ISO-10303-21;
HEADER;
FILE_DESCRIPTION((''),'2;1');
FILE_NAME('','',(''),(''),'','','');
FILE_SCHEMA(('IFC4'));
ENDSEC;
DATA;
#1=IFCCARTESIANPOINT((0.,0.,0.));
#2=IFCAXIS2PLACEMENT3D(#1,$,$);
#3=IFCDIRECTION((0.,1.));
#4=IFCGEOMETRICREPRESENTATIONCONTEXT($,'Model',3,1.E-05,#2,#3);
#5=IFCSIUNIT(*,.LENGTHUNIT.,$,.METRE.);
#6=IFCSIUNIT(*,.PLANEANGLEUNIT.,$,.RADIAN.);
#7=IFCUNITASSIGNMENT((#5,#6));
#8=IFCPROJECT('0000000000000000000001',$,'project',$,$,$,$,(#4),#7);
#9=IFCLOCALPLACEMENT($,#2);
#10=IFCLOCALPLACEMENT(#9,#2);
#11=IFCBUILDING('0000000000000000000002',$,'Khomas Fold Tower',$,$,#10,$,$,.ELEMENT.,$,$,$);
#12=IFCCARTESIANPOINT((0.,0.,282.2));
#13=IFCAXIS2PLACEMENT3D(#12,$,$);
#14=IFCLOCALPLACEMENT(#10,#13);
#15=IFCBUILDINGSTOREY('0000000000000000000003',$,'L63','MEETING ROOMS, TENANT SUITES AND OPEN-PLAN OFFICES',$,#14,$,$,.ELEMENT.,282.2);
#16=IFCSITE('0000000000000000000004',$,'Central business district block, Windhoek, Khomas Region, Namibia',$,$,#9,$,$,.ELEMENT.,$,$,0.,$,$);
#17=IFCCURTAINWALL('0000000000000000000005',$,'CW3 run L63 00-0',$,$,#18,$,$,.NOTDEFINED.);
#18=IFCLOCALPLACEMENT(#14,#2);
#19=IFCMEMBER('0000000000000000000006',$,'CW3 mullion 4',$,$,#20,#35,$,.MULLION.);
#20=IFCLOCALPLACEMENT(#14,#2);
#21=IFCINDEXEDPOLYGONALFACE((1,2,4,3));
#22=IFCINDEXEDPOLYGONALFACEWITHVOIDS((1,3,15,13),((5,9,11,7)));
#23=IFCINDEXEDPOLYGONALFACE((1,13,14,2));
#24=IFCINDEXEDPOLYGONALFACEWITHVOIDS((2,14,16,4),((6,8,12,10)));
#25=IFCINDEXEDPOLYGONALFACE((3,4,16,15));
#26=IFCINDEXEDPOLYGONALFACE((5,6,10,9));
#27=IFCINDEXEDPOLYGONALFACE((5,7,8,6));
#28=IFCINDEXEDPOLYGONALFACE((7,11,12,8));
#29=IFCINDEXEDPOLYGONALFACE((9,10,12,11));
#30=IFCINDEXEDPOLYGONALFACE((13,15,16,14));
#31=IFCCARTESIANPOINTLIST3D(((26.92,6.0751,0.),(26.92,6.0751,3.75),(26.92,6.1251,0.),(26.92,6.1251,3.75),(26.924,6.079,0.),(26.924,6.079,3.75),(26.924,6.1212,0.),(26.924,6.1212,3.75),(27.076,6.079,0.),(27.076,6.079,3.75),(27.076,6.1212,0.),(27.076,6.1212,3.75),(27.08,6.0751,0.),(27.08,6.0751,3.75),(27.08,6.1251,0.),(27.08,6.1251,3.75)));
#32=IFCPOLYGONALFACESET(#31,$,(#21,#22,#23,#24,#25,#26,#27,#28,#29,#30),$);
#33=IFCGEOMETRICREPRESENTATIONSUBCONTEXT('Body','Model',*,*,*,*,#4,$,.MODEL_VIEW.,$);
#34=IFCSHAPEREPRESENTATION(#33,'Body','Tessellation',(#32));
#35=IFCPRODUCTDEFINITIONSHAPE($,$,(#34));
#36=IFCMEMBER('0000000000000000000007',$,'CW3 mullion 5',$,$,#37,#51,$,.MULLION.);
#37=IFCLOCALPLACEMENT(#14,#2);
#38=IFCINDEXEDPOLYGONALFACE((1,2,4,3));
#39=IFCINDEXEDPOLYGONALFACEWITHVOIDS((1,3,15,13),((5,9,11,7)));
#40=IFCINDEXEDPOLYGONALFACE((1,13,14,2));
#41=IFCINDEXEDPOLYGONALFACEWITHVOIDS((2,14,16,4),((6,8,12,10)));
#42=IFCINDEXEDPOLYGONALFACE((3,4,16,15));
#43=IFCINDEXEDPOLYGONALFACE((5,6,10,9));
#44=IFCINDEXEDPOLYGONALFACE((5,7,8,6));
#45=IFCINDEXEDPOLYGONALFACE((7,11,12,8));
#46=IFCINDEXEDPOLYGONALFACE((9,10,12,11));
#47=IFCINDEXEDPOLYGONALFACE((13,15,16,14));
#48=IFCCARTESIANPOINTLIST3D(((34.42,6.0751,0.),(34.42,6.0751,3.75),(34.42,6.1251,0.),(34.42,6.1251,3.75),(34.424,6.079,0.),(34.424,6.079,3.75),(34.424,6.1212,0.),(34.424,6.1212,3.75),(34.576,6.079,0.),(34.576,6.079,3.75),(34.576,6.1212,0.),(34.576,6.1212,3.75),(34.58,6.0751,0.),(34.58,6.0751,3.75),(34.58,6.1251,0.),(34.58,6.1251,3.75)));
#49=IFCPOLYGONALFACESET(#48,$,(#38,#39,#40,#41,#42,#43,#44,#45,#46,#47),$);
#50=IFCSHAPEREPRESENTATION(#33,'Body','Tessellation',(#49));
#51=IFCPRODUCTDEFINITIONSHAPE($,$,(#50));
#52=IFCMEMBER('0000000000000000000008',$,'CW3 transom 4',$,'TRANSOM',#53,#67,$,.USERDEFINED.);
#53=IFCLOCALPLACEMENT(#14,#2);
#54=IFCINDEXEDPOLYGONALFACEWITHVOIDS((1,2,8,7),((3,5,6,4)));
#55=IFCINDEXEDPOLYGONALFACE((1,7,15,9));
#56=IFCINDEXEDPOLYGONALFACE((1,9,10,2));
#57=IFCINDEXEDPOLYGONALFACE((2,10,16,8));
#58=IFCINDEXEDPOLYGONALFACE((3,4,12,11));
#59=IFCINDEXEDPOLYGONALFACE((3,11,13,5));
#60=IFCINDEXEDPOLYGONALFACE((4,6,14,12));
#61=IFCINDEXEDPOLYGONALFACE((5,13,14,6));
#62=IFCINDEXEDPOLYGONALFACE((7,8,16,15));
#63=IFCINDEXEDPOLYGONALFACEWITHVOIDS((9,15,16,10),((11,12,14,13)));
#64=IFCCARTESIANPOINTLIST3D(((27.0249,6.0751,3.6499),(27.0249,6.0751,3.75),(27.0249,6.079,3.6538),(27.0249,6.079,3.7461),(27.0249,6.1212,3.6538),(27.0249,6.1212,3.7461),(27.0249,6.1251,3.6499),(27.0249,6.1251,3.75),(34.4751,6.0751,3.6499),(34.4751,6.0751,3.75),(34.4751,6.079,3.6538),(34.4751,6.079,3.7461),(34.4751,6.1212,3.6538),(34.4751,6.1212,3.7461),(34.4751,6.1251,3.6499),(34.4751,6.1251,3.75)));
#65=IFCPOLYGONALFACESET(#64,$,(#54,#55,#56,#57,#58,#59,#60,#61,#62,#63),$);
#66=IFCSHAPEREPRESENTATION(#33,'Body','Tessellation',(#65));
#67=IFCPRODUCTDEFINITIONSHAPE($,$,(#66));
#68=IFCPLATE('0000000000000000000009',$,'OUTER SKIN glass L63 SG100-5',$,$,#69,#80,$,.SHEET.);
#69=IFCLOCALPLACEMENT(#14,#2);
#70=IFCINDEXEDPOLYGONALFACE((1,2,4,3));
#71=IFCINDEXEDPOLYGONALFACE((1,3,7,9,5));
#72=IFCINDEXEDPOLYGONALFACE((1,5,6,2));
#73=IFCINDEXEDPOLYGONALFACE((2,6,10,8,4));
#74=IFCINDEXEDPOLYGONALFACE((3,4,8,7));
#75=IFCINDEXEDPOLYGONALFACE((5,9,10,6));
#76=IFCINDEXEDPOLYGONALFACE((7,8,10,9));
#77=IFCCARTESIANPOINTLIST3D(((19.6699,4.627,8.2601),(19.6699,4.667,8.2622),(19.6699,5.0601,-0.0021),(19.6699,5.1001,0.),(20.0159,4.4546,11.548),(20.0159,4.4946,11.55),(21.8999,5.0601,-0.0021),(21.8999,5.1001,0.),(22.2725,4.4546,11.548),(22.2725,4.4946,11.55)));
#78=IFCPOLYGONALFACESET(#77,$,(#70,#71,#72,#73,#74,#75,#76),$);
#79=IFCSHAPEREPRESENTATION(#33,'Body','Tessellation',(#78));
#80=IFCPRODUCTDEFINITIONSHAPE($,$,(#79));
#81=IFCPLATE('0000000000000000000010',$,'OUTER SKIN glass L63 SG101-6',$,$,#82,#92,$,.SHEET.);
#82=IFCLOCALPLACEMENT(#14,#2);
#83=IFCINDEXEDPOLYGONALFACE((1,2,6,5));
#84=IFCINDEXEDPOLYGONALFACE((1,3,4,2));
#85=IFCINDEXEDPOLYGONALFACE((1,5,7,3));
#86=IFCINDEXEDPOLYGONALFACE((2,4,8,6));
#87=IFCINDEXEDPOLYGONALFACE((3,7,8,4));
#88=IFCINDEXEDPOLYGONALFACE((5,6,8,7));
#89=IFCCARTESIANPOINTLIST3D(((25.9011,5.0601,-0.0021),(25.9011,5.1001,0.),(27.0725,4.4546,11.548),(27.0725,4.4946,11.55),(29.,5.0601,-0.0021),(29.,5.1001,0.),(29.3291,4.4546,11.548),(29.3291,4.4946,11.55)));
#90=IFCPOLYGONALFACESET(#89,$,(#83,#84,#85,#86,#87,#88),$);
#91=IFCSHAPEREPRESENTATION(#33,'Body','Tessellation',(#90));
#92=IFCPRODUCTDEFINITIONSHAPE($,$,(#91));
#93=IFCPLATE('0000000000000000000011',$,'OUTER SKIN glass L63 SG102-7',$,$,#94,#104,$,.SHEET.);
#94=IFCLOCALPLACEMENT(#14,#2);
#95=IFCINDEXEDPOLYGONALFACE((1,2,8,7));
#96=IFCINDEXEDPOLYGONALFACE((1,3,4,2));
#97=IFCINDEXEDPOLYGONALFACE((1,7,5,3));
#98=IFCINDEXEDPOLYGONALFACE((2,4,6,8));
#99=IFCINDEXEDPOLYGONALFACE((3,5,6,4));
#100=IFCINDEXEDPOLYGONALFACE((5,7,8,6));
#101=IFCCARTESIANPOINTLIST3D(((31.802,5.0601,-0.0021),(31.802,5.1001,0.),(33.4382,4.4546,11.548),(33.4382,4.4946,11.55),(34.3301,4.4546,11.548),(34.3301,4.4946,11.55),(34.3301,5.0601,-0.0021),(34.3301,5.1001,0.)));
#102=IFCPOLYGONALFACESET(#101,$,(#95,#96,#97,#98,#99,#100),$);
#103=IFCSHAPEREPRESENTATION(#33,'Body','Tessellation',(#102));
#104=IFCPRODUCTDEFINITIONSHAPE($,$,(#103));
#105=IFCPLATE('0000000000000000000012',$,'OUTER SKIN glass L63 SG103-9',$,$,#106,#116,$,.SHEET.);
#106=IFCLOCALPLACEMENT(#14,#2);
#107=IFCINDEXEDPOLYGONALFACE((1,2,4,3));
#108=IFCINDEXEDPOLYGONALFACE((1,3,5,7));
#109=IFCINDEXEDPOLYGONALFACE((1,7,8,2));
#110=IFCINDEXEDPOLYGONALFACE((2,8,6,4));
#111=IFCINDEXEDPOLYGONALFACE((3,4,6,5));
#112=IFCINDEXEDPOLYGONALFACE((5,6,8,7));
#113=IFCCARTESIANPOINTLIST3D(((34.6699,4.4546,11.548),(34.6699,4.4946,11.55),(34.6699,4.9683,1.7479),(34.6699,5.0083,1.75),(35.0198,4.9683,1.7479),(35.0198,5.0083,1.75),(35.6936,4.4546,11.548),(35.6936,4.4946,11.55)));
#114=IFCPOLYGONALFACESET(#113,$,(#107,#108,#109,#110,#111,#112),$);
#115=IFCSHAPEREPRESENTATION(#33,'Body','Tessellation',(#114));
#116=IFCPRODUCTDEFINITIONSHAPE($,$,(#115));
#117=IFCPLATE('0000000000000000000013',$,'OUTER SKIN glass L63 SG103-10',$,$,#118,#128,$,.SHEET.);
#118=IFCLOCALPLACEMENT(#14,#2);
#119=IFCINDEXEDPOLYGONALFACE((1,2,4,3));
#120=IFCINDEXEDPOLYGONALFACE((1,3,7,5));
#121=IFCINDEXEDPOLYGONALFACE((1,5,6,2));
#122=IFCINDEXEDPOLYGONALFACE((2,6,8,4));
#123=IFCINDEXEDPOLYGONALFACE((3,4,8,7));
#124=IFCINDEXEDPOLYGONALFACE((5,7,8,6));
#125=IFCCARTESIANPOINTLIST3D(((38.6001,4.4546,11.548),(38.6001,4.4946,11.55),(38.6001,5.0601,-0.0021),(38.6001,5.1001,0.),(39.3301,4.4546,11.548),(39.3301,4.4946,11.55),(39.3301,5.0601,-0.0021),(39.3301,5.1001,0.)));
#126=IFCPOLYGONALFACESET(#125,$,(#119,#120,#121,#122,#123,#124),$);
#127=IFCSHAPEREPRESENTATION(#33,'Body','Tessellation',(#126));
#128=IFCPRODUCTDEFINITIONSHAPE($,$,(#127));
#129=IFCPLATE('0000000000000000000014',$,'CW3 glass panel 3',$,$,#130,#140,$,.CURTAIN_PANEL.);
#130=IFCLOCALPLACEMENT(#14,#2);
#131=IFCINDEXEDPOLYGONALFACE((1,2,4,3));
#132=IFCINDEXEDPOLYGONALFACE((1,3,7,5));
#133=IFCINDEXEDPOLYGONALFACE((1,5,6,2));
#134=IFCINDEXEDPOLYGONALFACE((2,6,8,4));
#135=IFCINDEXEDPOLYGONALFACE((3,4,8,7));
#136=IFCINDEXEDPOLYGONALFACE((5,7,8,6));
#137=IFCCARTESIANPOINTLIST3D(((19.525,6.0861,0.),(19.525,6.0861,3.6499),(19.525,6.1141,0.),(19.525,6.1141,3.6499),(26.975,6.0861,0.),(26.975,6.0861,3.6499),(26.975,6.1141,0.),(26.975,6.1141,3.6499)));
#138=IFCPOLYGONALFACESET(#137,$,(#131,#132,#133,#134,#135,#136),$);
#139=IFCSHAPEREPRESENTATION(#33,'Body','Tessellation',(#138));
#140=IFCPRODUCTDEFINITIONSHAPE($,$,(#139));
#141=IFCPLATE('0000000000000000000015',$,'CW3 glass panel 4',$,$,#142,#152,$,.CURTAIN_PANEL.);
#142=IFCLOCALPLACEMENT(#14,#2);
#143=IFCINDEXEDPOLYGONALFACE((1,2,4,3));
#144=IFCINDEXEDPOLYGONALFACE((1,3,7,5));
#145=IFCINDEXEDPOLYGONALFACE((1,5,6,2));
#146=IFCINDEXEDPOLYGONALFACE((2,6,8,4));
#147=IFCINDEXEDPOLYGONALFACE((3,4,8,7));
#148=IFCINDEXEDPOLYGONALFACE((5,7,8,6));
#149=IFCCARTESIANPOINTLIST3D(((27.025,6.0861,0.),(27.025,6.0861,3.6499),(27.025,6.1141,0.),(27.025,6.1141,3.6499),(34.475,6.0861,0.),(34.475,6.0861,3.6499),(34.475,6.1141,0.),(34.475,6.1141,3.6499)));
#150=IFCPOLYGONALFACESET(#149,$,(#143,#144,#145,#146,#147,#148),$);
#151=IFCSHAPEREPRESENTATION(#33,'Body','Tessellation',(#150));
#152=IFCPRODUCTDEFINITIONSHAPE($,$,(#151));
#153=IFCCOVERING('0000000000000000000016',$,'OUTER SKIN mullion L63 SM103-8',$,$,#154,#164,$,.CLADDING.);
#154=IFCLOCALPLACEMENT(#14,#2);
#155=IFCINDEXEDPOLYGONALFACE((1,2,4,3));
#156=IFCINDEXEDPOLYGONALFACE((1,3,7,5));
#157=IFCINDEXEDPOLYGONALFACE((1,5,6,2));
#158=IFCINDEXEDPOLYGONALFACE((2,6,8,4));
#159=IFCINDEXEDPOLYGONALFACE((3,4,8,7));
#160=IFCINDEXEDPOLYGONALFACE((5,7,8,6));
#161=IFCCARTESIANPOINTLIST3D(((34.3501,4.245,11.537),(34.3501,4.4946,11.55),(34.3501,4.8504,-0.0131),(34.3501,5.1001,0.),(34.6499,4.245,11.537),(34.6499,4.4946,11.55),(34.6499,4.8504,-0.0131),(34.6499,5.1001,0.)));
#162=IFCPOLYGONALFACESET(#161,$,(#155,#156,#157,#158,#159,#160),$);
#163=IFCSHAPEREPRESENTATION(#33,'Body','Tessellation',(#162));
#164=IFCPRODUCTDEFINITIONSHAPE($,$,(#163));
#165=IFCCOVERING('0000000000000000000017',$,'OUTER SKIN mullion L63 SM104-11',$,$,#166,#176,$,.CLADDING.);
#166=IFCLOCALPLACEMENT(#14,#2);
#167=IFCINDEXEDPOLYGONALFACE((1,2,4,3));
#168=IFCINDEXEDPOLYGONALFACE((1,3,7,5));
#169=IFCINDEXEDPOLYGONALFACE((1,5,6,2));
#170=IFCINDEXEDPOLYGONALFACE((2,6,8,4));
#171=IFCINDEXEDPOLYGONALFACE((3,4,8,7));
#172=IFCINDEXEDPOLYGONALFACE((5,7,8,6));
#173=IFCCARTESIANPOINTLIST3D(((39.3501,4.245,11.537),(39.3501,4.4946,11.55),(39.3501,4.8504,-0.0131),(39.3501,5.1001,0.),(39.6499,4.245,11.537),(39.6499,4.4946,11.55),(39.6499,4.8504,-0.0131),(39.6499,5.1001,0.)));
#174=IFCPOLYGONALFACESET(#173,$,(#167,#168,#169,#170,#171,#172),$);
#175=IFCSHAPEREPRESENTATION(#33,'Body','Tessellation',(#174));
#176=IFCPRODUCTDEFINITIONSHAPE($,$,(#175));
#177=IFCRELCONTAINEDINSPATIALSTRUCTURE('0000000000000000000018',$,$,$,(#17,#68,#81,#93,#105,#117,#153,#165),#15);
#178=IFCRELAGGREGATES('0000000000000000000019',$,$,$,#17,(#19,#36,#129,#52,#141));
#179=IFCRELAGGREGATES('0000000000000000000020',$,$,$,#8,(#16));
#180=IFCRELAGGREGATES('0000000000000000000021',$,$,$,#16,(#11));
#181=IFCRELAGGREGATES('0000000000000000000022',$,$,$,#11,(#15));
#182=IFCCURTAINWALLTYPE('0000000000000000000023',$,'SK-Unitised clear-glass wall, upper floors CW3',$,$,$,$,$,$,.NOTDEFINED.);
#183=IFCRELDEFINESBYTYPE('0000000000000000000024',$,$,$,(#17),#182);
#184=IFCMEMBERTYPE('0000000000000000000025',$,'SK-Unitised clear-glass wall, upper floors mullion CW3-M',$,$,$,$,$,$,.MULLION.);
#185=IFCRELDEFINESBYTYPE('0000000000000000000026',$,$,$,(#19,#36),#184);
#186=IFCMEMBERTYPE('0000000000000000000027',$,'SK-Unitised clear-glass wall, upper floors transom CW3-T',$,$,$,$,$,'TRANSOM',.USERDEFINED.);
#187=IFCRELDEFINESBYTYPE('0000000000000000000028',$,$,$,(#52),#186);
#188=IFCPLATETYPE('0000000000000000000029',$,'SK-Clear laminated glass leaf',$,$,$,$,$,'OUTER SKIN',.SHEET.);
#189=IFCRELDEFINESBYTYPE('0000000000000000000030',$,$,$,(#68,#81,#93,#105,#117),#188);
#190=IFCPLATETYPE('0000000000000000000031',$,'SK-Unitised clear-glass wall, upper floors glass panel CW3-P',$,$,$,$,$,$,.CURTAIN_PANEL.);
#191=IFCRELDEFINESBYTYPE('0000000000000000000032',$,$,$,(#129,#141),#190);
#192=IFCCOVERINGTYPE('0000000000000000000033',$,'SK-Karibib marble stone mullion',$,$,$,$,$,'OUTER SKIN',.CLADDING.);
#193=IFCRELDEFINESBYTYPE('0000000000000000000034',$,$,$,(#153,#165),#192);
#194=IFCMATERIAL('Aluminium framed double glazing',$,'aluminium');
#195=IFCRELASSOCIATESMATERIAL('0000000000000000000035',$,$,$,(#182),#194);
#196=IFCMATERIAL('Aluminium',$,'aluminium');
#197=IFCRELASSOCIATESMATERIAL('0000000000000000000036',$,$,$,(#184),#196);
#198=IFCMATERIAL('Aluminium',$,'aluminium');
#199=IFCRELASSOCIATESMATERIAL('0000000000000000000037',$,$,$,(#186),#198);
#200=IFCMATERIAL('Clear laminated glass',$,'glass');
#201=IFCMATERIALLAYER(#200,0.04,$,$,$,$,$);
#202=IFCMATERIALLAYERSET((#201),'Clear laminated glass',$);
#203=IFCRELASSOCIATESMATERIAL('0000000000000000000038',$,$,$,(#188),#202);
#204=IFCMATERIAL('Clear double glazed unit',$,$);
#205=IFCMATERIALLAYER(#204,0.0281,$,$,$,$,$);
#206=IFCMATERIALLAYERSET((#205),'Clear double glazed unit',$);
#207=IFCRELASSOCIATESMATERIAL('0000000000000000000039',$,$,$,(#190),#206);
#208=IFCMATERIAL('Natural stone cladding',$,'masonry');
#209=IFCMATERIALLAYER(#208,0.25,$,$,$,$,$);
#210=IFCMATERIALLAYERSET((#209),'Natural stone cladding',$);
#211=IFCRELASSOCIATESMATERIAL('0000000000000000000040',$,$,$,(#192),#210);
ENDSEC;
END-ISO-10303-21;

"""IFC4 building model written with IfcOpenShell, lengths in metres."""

from ifc_helpers import new_model, si_unit, direction, frame, origin, origin_2d, place, context, subcontext, project, spatial, polyline, rectangle, hollow_rectangle, outline, extrude, source, transform, mapped, material, layer, layer_set, material_profile, profile_set, type_object, element, aggregate, save


model = new_model("IFC4")

# Units and contexts
model_context = context("Model", 3, precision=1e-05, world=origin(), true_north=direction((0.0, 1.0)))
body_context = subcontext(model_context, "Body", "Model", "MODEL_VIEW")
ifc_project = project(units=[si_unit("LENGTHUNIT", "METRE"), si_unit("PLANEANGLEUNIT", "RADIAN")], contexts=[model_context])

# Site, building, storey
site_placement = place(None, origin())
site = spatial("IfcSite", under=ifc_project, at=site_placement, Name="Central business district block, Windhoek, Khomas Region, Namibia", CompositionType="ELEMENT", RefElevation=0.0)
building_placement = place(site_placement, origin())
building = spatial("IfcBuilding", under=site, at=building_placement, Name="Khomas Fold Tower", CompositionType="ELEMENT")
storey_placement = place(building_placement, frame((0.0, 0.0, 282.2)))
storey = spatial("IfcBuildingStorey", under=building, at=storey_placement, Name="L63", Description="MEETING ROOMS, TENANT SUITES AND OPEN-PLAN OFFICES", CompositionType="ELEMENT", Elevation=282.2)

# Curtain wall, members
ifc_material_1 = material(Name="Aluminium framed double glazing", Category="aluminium")
curtain_wall_type = type_object("IfcCurtainWallType", Name="SK-Unitised clear-glass wall, upper floors CW3", PredefinedType="NOTDEFINED", material=ifc_material_1)
curtain_wall_placement = place(storey_placement, origin())
curtain_wall = element("IfcCurtainWall", 1, at=curtain_wall_placement, inside=storey, type_object=curtain_wall_type, Name="CW3 run L63 00-0", PredefinedType="NOTDEFINED")
ifc_material_2 = material(Name="Aluminium", Category="aluminium")
ifc_material_profile_1 = material_profile(ifc_material_2, hollow_rectangle(XDim=0.05, YDim=0.1599, WallThickness=0.0039, at=origin_2d()), Name="SK-Unitised clear-glass wall, upper floors mullion CW3-M")
ifc_profile_set_1 = profile_set([ifc_material_profile_1], Name="Aluminium")
member_type_1 = type_object("IfcMemberType", Name="SK-Unitised clear-glass wall, upper floors mullion CW3-M", PredefinedType="MULLION", material=ifc_profile_set_1)
shared_shape_1 = source(origin(), body_context, "Body", "SweptSolid", [
    extrude(hollow_rectangle(XDim=0.05, YDim=0.1599, WallThickness=0.0039, at=origin_2d()), origin(), (0.0, 0.0, 1.0), 3.75),
])
member_1_placement = place(storey_placement, frame((27.0, 6.1001, 0.0), z_axis=(0.0, 0.0, 1.0), x_axis=(0.0, 1.0, 0.0)))
member_1 = element("IfcMember", 2, at=member_1_placement, type_object=member_type_1, Name="CW3 mullion 4", PredefinedType="MULLION", context=body_context, shape_type="MappedRepresentation", body=[
    mapped(shared_shape_1, transform((0.0, 0.0, 0.0))),
])
member_2_placement = place(storey_placement, frame((34.5, 6.1001, 0.0), z_axis=(0.0, 0.0, 1.0), x_axis=(0.0, 1.0, 0.0)))
member_2 = element("IfcMember", 3, at=member_2_placement, type_object=member_type_1, Name="CW3 mullion 5", PredefinedType="MULLION", context=body_context, shape_type="MappedRepresentation", body=[
    mapped(shared_shape_1, transform((0.0, 0.0, 0.0))),
])
ifc_material_3 = material(Name="Aluminium", Category="aluminium")
ifc_material_profile_2 = material_profile(ifc_material_3, hollow_rectangle(XDim=0.05, YDim=0.1001, WallThickness=0.0039, at=origin_2d()), Name="SK-Unitised clear-glass wall, upper floors transom CW3-T")
ifc_profile_set_2 = profile_set([ifc_material_profile_2], Name="Aluminium")
member_type_2 = type_object("IfcMemberType", Name="SK-Unitised clear-glass wall, upper floors transom CW3-T", ElementType="TRANSOM", PredefinedType="USERDEFINED", material=ifc_profile_set_2)
shared_shape_2 = source(origin(), body_context, "Body", "SweptSolid", [
    extrude(hollow_rectangle(XDim=0.05, YDim=0.1001, WallThickness=0.0039, at=origin_2d()), origin(), (0.0, 0.0, 1.0), 7.4502),
])
member_3_placement = place(storey_placement, frame((27.0249, 6.1001, 3.7), z_axis=(1.0, 0.0, 0.0), x_axis=(0.0, 1.0, 0.0)))
member_3 = element("IfcMember", 4, at=member_3_placement, type_object=member_type_2, Name="CW3 transom 4", ObjectType="TRANSOM", PredefinedType="USERDEFINED", context=body_context, shape_type="MappedRepresentation", body=[
    mapped(shared_shape_2, transform((0.0, 0.0, 0.0))),
])

# Plates
ifc_material_4 = material(Name="Clear laminated glass", Category="glass")
ifc_layer_1 = layer(ifc_material_4, 0.04)
ifc_layer_set_1 = layer_set([ifc_layer_1], Name="Clear laminated glass")
plate_type_1 = type_object("IfcPlateType", Name="SK-Clear laminated glass leaf", ElementType="OUTER SKIN", PredefinedType="SHEET", material=ifc_layer_set_1)
plate_1_placement = place(storey_placement, frame((21.8999, 5.1001, 0.0), z_axis=(0.000002, 0.998629, 0.052349), x_axis=(-1.0, 0.000002, 0.0)))
element("IfcPlate", 5, at=plate_1_placement, inside=storey, type_object=plate_type_1, Name="OUTER SKIN glass L63 SG100-5", PredefinedType="SHEET", context=body_context, shape_type="SweptSolid", body=[
    extrude(outline(polyline([(0.0, 0.0), (2.23, 0.0), (2.23, 8.2736), (1.884, 11.5659), (-0.3726, 11.5659), (0.0, 0.0)])), origin(), (0.0, 0.0, -1.0), 0.04),
])
plate_2_placement = place(storey_placement, frame((29.0, 5.1001, 0.0), z_axis=(0.0, 0.998629, 0.052349), x_axis=(-1.0, 0.0, 0.0)))
element("IfcPlate", 6, at=plate_2_placement, inside=storey, type_object=plate_type_1, Name="OUTER SKIN glass L63 SG101-6", PredefinedType="SHEET", context=body_context, shape_type="SweptSolid", body=[
    extrude(outline(polyline([(0.0, 0.0), (3.0989, 0.0), (1.9275, 11.5659), (-0.3291, 11.5659), (0.0, 0.0)])), origin(), (0.0, 0.0, -1.0), 0.04),
])
plate_3_placement = place(storey_placement, frame((31.802, 5.1001, 0.0), z_axis=(0.0, 0.998629, 0.052349), x_axis=(0.140075, -0.051833, 0.988783)))
element("IfcPlate", 7, at=plate_3_placement, inside=storey, type_object=plate_type_1, Name="OUTER SKIN glass L63 SG102-7", PredefinedType="SHEET", context=body_context, shape_type="SweptSolid", body=[
    extrude(outline(polyline([(0.0, 0.0), (11.6811, 0.0), (11.806, 0.8831), (0.3541, 2.5032), (0.0, 0.0)])), origin(), (0.0, 0.0, -1.0), 0.04),
])
plate_4_placement = place(storey_placement, frame((34.6699, 4.4946, 11.55), z_axis=(0.0, 0.998629, 0.052343), x_axis=(1.0, 0.0, 0.0)))
element("IfcPlate", 8, at=plate_4_placement, inside=storey, type_object=plate_type_1, Name="OUTER SKIN glass L63 SG103-9", PredefinedType="SHEET", context=body_context, shape_type="SweptSolid", body=[
    extrude(outline(polyline([(0.0, 0.0), (1.0237, 0.0), (0.3499, 9.8135), (0.0, 9.8135), (0.0, 0.0)])), origin(), (0.0, 0.0, -1.0), 0.04),
])
plate_5_placement = place(storey_placement, frame((38.6001, 5.1001, 0.0), z_axis=(0.0, 0.998629, 0.052349), x_axis=(0.0, -0.052349, 0.998629)))
element("IfcPlate", 9, at=plate_5_placement, inside=storey, type_object=plate_type_1, Name="OUTER SKIN glass L63 SG103-10", PredefinedType="SHEET", context=body_context, shape_type="SweptSolid", body=[
    extrude(outline(polyline([(0.0, 0.0), (11.5659, 0.0), (11.5659, 0.73), (0.0, 0.73), (0.0, 0.0)])), origin(), (0.0, 0.0, -1.0), 0.04),
])

# Plates
ifc_material_5 = material(Name="Clear double glazed unit")
ifc_layer_2 = layer(ifc_material_5, 0.0281)
ifc_layer_set_2 = layer_set([ifc_layer_2], Name="Clear double glazed unit")
plate_type_2 = type_object("IfcPlateType", Name="SK-Unitised clear-glass wall, upper floors glass panel CW3-P", PredefinedType="CURTAIN_PANEL", material=ifc_layer_set_2)
shared_shape_3 = source(origin(), body_context, "Body", "SweptSolid", [
    extrude(rectangle(XDim=7.45, YDim=0.0281, at=origin_2d()), origin(), (0.0, 0.0, 1.0), 3.6499),
])
plate_6_placement = place(storey_placement, frame((23.25, 6.1001, 0.0), z_axis=(0.0, 0.0, 1.0), x_axis=(1.0, 0.0, 0.0)))
plate_6 = element("IfcPlate", 10, at=plate_6_placement, type_object=plate_type_2, Name="CW3 glass panel 3", PredefinedType="CURTAIN_PANEL", context=body_context, shape_type="MappedRepresentation", body=[
    mapped(shared_shape_3, transform((0.0, 0.0, 0.0))),
])
plate_7_placement = place(storey_placement, frame((30.75, 6.1001, 0.0), z_axis=(0.0, 0.0, 1.0), x_axis=(1.0, 0.0, 0.0)))
plate_7 = element("IfcPlate", 11, at=plate_7_placement, type_object=plate_type_2, Name="CW3 glass panel 4", PredefinedType="CURTAIN_PANEL", context=body_context, shape_type="MappedRepresentation", body=[
    mapped(shared_shape_3, transform((0.0, 0.0, 0.0))),
])
aggregate(curtain_wall, [member_1, member_2, plate_6, member_3, plate_7])

# Coverings
ifc_material_6 = material(Name="Natural stone cladding", Category="masonry")
ifc_layer_3 = layer(ifc_material_6, 0.25)
ifc_layer_set_3 = layer_set([ifc_layer_3], Name="Natural stone cladding")
covering_type_1 = type_object("IfcCoveringType", Name="SK-Karibib marble stone mullion", ElementType="OUTER SKIN", PredefinedType="CLADDING", material=ifc_layer_set_3)
for number, where, z_axis, x_axis, name in (
    (12, (34.3501, 5.1001, 0.0), (0.0, 0.998629, 0.052349), (0.0, -0.052349, 0.998629), "OUTER SKIN mullion L63 SM103-8"),
    (13, (39.3501, 5.1001, 0.0), (0.0, 0.998629, 0.052349), (0.0, -0.052349, 0.998629), "OUTER SKIN mullion L63 SM104-11"),
):
    element("IfcCovering", number, at=place(storey_placement, frame(where, z_axis=z_axis, x_axis=x_axis)), inside=storey, type_object=covering_type_1, Name=name, PredefinedType="CLADDING", context=body_context, shape_type="SweptSolid", body=[
        extrude(outline(polyline([(0.0, 0.0), (11.5659, 0.0), (11.5659, 0.2998), (0.0, 0.2998), (0.0, 0.0)])), origin(), (0.0, 0.0, -1.0), 0.25),
    ])

save(model, "model.ifc")
